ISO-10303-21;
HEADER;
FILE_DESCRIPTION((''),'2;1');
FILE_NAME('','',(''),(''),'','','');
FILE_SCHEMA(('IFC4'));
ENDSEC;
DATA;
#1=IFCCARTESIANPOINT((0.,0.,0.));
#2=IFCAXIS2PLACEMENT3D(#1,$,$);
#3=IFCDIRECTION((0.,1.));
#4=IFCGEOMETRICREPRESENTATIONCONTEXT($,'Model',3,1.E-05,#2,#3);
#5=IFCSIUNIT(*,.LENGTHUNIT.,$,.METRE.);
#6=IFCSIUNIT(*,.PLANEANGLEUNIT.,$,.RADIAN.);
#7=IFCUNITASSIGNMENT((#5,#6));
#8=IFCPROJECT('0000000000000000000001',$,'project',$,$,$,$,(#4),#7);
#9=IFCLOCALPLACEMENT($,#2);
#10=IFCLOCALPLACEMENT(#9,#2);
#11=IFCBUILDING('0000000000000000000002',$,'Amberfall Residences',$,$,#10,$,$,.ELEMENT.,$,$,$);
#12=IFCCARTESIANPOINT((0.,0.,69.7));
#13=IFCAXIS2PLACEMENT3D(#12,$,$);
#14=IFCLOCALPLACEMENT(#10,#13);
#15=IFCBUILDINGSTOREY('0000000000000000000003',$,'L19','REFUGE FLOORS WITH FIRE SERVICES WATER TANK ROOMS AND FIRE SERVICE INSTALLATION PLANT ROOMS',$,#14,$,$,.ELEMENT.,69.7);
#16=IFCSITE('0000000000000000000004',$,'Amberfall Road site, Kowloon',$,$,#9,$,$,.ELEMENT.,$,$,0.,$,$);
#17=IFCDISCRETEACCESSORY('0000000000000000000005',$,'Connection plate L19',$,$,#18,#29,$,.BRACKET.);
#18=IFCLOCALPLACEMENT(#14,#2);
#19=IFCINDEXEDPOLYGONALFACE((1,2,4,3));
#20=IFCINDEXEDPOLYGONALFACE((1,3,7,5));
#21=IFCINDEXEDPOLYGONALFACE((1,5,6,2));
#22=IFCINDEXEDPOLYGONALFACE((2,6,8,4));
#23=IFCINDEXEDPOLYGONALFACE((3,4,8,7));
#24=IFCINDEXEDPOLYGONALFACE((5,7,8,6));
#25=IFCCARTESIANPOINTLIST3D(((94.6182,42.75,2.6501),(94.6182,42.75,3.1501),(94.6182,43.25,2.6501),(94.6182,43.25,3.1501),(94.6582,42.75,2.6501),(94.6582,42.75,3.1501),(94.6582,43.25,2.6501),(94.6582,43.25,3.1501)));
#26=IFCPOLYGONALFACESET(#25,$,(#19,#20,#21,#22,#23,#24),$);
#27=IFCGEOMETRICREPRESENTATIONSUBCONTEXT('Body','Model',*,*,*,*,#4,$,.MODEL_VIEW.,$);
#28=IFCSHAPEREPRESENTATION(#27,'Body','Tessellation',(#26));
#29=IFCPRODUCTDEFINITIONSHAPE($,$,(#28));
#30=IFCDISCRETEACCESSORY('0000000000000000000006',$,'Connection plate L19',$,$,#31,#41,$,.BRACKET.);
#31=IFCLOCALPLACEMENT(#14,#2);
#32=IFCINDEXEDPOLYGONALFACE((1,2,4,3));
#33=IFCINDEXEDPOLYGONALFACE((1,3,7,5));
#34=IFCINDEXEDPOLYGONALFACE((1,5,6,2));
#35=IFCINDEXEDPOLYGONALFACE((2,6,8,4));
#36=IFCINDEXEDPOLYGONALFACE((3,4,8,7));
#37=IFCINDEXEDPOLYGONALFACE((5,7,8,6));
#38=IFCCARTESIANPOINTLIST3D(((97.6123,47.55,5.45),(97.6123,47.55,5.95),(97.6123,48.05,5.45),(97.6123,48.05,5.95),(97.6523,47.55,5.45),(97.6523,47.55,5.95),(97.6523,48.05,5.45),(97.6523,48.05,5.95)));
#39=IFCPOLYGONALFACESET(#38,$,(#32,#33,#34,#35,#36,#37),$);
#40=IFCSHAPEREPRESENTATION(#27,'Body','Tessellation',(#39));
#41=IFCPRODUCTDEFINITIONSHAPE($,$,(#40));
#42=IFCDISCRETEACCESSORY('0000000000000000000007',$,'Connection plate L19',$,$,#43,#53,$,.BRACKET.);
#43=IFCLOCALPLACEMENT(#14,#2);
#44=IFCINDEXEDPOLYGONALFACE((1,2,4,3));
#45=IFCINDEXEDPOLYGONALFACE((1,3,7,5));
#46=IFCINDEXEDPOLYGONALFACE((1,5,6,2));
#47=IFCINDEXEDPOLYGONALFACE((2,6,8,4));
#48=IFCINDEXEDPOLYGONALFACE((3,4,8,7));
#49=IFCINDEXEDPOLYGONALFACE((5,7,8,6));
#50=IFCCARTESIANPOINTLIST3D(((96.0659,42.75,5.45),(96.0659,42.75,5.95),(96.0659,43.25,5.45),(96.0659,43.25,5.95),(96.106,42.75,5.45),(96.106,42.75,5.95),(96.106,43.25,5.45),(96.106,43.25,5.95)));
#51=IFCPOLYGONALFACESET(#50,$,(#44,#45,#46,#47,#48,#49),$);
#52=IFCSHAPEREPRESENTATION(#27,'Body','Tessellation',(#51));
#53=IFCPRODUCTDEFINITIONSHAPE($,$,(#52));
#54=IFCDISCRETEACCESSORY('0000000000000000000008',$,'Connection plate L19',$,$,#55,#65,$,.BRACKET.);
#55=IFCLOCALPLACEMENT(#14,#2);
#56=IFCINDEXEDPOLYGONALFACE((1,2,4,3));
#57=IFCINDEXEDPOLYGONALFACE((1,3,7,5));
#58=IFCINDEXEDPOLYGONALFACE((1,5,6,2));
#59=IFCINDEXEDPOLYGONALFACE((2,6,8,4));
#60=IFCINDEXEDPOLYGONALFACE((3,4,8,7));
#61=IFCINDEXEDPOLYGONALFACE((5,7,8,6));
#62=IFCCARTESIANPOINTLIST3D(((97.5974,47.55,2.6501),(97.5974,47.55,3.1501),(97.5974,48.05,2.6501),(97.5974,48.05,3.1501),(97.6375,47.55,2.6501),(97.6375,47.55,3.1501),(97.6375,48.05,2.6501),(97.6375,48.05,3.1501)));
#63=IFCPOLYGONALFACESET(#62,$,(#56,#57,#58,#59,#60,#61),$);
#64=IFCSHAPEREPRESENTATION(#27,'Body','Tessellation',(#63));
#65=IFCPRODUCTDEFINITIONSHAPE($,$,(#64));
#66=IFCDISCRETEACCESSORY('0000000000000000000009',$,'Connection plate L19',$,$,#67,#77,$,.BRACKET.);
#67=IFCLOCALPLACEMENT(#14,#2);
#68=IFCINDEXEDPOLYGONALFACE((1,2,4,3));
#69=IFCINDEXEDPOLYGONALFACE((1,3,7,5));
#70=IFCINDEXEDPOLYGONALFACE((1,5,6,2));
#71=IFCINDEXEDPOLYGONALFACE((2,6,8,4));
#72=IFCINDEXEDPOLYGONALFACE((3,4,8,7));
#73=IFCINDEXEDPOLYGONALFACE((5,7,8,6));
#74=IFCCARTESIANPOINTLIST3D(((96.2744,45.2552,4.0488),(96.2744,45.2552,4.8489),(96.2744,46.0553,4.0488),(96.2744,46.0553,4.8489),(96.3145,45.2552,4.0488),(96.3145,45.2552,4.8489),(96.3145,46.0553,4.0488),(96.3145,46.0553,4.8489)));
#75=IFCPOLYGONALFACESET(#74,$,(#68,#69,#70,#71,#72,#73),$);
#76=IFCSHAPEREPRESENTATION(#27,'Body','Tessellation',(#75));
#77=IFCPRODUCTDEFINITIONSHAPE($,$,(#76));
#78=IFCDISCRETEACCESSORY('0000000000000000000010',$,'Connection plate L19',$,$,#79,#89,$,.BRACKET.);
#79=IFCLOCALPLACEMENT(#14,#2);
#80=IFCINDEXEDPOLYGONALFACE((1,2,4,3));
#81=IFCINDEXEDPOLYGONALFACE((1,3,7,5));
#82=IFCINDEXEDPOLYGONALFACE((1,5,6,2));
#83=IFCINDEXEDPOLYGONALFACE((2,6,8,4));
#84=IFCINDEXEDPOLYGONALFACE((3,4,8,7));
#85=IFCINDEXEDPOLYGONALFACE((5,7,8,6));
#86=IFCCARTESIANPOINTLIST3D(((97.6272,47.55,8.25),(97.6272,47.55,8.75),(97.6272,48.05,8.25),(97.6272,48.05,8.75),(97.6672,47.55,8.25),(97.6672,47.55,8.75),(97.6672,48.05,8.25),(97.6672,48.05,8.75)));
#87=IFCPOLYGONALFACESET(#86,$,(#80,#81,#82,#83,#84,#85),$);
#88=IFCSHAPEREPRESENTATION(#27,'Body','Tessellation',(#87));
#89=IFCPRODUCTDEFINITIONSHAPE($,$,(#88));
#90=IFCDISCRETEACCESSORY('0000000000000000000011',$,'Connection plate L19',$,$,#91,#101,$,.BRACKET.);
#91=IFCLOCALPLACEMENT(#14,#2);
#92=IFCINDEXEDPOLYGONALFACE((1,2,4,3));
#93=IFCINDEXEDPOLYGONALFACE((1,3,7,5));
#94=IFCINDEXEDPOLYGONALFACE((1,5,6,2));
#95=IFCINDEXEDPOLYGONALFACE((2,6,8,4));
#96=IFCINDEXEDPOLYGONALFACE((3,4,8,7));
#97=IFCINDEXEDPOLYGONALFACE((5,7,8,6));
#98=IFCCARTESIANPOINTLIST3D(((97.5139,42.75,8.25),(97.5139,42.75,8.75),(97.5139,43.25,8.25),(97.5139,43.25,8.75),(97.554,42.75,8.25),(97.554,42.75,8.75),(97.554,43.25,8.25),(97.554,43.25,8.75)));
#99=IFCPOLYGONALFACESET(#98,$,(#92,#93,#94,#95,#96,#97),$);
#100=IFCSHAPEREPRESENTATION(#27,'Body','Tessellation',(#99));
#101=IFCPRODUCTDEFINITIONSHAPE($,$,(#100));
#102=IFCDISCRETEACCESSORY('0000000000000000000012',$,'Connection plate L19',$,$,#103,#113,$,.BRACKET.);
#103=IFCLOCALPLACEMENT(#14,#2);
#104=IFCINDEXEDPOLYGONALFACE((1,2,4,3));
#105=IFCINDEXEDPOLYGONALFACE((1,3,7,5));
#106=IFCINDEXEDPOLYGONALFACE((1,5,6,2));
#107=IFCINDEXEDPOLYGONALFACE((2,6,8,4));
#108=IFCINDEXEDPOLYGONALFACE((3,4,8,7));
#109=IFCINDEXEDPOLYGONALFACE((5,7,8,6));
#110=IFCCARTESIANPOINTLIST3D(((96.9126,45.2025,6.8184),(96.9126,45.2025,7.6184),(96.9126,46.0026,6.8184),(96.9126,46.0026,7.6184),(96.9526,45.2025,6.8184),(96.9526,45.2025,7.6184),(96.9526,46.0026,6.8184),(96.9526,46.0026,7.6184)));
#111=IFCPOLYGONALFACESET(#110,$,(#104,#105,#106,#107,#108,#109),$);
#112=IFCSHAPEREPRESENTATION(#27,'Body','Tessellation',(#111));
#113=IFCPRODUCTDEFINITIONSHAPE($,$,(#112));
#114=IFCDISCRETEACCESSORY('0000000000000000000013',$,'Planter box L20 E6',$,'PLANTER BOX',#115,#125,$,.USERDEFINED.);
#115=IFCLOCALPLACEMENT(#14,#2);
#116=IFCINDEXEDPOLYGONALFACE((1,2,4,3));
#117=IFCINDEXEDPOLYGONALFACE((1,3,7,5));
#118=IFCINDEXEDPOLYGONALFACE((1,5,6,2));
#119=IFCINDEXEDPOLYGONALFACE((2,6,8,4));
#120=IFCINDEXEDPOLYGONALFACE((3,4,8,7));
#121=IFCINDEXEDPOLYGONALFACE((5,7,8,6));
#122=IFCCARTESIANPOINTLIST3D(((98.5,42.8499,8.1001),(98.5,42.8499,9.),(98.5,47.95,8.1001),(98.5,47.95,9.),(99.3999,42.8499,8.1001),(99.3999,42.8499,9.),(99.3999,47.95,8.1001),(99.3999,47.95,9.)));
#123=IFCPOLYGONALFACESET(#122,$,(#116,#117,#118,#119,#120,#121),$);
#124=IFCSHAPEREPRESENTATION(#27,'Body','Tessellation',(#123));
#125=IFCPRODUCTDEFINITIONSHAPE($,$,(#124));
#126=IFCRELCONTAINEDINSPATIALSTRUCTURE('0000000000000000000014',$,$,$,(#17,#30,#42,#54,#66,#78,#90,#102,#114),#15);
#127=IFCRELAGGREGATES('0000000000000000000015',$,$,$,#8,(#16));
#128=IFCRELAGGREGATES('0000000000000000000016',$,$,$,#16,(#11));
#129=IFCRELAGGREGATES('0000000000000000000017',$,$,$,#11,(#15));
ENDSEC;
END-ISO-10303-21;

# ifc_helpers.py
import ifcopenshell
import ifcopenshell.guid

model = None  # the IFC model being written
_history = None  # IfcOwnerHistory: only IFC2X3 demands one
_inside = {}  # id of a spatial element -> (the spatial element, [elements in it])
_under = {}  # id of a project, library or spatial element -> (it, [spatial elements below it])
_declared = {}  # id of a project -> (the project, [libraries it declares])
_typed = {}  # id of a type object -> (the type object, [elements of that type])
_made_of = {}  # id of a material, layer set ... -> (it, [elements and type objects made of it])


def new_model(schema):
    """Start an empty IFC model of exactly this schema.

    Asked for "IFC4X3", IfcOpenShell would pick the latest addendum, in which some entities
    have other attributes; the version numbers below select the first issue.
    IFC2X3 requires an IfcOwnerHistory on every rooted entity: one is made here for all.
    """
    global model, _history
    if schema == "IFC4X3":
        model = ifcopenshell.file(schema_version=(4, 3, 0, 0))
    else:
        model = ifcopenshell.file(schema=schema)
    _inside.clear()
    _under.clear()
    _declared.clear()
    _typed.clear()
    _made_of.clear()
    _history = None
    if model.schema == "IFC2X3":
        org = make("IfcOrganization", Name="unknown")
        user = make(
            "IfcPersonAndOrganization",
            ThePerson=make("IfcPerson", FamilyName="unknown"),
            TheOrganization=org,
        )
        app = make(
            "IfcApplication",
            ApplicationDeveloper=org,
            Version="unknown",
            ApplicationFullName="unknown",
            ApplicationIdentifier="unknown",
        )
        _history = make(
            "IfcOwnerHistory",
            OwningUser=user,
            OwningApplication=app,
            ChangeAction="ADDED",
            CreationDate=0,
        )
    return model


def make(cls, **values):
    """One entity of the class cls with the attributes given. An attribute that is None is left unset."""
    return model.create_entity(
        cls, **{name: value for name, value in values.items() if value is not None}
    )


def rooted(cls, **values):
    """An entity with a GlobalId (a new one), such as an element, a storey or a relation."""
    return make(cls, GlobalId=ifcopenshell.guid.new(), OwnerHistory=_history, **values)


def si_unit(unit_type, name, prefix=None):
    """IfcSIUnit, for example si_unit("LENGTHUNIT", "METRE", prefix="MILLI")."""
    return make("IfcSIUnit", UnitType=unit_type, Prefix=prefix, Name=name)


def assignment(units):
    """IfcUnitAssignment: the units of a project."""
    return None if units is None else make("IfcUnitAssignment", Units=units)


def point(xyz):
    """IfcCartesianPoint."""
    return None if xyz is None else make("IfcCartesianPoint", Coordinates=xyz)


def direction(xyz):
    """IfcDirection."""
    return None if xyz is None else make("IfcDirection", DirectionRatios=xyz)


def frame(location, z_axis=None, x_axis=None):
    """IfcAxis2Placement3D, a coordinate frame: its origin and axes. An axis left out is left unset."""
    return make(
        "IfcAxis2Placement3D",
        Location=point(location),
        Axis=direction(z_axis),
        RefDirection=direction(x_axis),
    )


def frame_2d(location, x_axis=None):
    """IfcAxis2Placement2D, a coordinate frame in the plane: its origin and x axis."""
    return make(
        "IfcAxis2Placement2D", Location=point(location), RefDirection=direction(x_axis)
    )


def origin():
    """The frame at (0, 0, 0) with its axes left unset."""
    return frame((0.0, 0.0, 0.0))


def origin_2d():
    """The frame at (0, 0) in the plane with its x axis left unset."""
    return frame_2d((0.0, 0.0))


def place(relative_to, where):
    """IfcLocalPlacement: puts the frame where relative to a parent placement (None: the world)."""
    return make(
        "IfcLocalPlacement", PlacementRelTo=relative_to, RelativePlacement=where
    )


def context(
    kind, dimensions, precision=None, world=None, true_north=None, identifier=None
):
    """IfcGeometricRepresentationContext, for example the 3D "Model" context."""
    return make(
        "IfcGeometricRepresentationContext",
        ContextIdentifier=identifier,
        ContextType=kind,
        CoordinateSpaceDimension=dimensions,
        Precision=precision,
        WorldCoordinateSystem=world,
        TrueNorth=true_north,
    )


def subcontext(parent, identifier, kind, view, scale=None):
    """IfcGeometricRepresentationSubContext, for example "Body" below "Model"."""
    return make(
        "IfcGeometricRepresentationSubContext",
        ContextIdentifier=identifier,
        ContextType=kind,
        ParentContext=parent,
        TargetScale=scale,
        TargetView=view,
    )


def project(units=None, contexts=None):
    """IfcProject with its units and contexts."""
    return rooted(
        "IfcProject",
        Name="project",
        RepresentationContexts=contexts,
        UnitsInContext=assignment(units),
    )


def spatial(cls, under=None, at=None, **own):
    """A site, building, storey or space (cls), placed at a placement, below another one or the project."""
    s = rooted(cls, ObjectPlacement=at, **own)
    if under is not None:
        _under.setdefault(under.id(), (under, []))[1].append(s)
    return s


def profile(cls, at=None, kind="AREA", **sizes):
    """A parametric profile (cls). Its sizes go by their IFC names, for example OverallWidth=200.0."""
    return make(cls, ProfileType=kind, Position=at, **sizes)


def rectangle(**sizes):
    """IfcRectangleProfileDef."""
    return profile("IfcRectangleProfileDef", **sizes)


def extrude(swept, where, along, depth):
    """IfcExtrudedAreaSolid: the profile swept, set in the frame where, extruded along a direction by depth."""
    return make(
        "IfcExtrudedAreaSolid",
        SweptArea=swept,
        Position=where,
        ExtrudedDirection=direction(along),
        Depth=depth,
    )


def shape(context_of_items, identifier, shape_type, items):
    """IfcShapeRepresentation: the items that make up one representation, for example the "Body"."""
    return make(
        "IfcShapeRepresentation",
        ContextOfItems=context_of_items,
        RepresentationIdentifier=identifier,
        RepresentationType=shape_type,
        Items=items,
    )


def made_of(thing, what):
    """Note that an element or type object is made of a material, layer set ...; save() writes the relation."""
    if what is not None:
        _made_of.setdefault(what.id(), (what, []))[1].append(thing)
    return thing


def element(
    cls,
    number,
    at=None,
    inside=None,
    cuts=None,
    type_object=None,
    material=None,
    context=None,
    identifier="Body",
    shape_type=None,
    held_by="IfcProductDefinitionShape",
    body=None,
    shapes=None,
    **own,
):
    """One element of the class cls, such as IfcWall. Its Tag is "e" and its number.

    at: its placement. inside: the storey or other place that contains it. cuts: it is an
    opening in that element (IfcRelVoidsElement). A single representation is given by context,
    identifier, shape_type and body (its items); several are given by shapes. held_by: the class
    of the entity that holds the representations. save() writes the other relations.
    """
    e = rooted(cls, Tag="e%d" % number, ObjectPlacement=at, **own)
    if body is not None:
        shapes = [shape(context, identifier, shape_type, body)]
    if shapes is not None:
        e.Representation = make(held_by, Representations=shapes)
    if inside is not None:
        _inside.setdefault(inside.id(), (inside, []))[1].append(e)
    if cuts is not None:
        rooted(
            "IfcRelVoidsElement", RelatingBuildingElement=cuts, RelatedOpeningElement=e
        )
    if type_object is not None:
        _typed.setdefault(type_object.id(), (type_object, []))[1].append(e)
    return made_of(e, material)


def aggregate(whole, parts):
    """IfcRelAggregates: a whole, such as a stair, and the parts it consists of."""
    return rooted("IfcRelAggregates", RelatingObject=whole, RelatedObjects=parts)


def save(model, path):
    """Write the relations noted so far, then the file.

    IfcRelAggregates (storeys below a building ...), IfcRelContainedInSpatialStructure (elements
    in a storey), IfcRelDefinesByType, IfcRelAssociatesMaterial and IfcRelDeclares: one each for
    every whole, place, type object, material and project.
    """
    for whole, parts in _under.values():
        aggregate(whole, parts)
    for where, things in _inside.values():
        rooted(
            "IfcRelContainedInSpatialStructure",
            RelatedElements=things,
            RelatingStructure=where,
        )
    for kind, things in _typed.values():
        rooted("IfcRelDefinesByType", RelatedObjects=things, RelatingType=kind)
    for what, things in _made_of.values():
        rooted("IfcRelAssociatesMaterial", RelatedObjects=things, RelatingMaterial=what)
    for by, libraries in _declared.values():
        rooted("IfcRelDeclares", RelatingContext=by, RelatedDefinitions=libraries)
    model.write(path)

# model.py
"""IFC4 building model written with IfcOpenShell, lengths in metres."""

from ifc_helpers import new_model, si_unit, direction, frame, origin, origin_2d, place, context, subcontext, project, spatial, rectangle, extrude, element, save


model = new_model("IFC4")

# Units and contexts
model_context = context("Model", 3, precision=1e-05, world=origin(), true_north=direction((0.0, 1.0)))
body_context = subcontext(model_context, "Body", "Model", "MODEL_VIEW")
ifc_project = project(units=[si_unit("LENGTHUNIT", "METRE"), si_unit("PLANEANGLEUNIT", "RADIAN")], contexts=[model_context])

# Site, building, storey
site_placement = place(None, origin())
site = spatial("IfcSite", under=ifc_project, at=site_placement, Name="Amberfall Road site, Kowloon", CompositionType="ELEMENT", RefElevation=0.0)
building_placement = place(site_placement, origin())
building = spatial("IfcBuilding", under=site, at=building_placement, Name="Amberfall Residences", CompositionType="ELEMENT")
storey_placement = place(building_placement, frame((0.0, 0.0, 69.7)))
storey = spatial("IfcBuildingStorey", under=building, at=storey_placement, Name="L19", Description="REFUGE FLOORS WITH FIRE SERVICES WATER TANK ROOMS AND FIRE SERVICE INSTALLATION PLANT ROOMS", CompositionType="ELEMENT", Elevation=69.7)

# Discrete accessories
for number, where, z_axis, x_axis, name in (
    (1, (94.6382, 43.0, 2.6501), (0.0, 0.0, 1.0), (0.0, 1.0, 0.0), "Connection plate L19"),
    (2, (97.6323, 47.8, 5.45), (0.0, 0.0, 1.0), (0.0, 1.0, 0.0), "Connection plate L19"),
    (3, (96.0859, 43.0, 5.45), (0.0, 0.0, 1.0), (0.0, 1.0, 0.0), "Connection plate L19"),
    (4, (97.6174, 47.8, 2.6501), (0.0, 0.0, 1.0), (0.0, 1.0, 0.0), "Connection plate L19"),
):
    element("IfcDiscreteAccessory", number, at=place(storey_placement, frame(where, z_axis=z_axis, x_axis=x_axis)), inside=storey, Name=name, PredefinedType="BRACKET", context=body_context, shape_type="SweptSolid", body=[
        extrude(rectangle(XDim=0.5, YDim=0.04, at=origin_2d()), origin(), (0.0, 0.0, 1.0), 0.5),
    ])
discrete_accessory_1_placement = place(storey_placement, frame((96.2944, 45.6553, 4.0488), z_axis=(0.0, 0.0, 1.0), x_axis=(0.0, 1.0, 0.0)))
element("IfcDiscreteAccessory", 5, at=discrete_accessory_1_placement, inside=storey, Name="Connection plate L19", PredefinedType="BRACKET", context=body_context, shape_type="SweptSolid", body=[
    extrude(rectangle(XDim=0.8, YDim=0.04, at=origin_2d()), origin(), (0.0, 0.0, 1.0), 0.8),
])
for number, where, z_axis, x_axis, name in (
    (6, (97.6472, 47.8, 8.25), (0.0, 0.0, 1.0), (0.0, 1.0, 0.0), "Connection plate L19"),
    (7, (97.5339, 43.0, 8.25), (0.0, 0.0, 1.0), (0.0, 1.0, 0.0), "Connection plate L19"),
):
    element("IfcDiscreteAccessory", number, at=place(storey_placement, frame(where, z_axis=z_axis, x_axis=x_axis)), inside=storey, Name=name, PredefinedType="BRACKET", context=body_context, shape_type="SweptSolid", body=[
        extrude(rectangle(XDim=0.5, YDim=0.04, at=origin_2d()), origin(), (0.0, 0.0, 1.0), 0.5),
    ])
discrete_accessory_2_placement = place(storey_placement, frame((96.9326, 45.6025, 6.8184), z_axis=(0.0, 0.0, 1.0), x_axis=(0.0, 1.0, 0.0)))
element("IfcDiscreteAccessory", 8, at=discrete_accessory_2_placement, inside=storey, Name="Connection plate L19", PredefinedType="BRACKET", context=body_context, shape_type="SweptSolid", body=[
    extrude(rectangle(XDim=0.8, YDim=0.04, at=origin_2d()), origin(), (0.0, 0.0, 1.0), 0.8),
])
discrete_accessory_3_placement = place(storey_placement, frame((98.95, 45.3999, 8.1001), z_axis=(0.0, 0.0, 1.0), x_axis=(0.0, 1.0, 0.0)))
element("IfcDiscreteAccessory", 9, at=discrete_accessory_3_placement, inside=storey, Name="Planter box L20 E6", ObjectType="PLANTER BOX", PredefinedType="USERDEFINED", context=body_context, shape_type="SweptSolid", body=[
    extrude(rectangle(XDim=5.1001, YDim=0.8999, at=origin_2d()), origin(), (0.0, 0.0, 1.0), 0.8999),
])

save(model, "model.ifc")
